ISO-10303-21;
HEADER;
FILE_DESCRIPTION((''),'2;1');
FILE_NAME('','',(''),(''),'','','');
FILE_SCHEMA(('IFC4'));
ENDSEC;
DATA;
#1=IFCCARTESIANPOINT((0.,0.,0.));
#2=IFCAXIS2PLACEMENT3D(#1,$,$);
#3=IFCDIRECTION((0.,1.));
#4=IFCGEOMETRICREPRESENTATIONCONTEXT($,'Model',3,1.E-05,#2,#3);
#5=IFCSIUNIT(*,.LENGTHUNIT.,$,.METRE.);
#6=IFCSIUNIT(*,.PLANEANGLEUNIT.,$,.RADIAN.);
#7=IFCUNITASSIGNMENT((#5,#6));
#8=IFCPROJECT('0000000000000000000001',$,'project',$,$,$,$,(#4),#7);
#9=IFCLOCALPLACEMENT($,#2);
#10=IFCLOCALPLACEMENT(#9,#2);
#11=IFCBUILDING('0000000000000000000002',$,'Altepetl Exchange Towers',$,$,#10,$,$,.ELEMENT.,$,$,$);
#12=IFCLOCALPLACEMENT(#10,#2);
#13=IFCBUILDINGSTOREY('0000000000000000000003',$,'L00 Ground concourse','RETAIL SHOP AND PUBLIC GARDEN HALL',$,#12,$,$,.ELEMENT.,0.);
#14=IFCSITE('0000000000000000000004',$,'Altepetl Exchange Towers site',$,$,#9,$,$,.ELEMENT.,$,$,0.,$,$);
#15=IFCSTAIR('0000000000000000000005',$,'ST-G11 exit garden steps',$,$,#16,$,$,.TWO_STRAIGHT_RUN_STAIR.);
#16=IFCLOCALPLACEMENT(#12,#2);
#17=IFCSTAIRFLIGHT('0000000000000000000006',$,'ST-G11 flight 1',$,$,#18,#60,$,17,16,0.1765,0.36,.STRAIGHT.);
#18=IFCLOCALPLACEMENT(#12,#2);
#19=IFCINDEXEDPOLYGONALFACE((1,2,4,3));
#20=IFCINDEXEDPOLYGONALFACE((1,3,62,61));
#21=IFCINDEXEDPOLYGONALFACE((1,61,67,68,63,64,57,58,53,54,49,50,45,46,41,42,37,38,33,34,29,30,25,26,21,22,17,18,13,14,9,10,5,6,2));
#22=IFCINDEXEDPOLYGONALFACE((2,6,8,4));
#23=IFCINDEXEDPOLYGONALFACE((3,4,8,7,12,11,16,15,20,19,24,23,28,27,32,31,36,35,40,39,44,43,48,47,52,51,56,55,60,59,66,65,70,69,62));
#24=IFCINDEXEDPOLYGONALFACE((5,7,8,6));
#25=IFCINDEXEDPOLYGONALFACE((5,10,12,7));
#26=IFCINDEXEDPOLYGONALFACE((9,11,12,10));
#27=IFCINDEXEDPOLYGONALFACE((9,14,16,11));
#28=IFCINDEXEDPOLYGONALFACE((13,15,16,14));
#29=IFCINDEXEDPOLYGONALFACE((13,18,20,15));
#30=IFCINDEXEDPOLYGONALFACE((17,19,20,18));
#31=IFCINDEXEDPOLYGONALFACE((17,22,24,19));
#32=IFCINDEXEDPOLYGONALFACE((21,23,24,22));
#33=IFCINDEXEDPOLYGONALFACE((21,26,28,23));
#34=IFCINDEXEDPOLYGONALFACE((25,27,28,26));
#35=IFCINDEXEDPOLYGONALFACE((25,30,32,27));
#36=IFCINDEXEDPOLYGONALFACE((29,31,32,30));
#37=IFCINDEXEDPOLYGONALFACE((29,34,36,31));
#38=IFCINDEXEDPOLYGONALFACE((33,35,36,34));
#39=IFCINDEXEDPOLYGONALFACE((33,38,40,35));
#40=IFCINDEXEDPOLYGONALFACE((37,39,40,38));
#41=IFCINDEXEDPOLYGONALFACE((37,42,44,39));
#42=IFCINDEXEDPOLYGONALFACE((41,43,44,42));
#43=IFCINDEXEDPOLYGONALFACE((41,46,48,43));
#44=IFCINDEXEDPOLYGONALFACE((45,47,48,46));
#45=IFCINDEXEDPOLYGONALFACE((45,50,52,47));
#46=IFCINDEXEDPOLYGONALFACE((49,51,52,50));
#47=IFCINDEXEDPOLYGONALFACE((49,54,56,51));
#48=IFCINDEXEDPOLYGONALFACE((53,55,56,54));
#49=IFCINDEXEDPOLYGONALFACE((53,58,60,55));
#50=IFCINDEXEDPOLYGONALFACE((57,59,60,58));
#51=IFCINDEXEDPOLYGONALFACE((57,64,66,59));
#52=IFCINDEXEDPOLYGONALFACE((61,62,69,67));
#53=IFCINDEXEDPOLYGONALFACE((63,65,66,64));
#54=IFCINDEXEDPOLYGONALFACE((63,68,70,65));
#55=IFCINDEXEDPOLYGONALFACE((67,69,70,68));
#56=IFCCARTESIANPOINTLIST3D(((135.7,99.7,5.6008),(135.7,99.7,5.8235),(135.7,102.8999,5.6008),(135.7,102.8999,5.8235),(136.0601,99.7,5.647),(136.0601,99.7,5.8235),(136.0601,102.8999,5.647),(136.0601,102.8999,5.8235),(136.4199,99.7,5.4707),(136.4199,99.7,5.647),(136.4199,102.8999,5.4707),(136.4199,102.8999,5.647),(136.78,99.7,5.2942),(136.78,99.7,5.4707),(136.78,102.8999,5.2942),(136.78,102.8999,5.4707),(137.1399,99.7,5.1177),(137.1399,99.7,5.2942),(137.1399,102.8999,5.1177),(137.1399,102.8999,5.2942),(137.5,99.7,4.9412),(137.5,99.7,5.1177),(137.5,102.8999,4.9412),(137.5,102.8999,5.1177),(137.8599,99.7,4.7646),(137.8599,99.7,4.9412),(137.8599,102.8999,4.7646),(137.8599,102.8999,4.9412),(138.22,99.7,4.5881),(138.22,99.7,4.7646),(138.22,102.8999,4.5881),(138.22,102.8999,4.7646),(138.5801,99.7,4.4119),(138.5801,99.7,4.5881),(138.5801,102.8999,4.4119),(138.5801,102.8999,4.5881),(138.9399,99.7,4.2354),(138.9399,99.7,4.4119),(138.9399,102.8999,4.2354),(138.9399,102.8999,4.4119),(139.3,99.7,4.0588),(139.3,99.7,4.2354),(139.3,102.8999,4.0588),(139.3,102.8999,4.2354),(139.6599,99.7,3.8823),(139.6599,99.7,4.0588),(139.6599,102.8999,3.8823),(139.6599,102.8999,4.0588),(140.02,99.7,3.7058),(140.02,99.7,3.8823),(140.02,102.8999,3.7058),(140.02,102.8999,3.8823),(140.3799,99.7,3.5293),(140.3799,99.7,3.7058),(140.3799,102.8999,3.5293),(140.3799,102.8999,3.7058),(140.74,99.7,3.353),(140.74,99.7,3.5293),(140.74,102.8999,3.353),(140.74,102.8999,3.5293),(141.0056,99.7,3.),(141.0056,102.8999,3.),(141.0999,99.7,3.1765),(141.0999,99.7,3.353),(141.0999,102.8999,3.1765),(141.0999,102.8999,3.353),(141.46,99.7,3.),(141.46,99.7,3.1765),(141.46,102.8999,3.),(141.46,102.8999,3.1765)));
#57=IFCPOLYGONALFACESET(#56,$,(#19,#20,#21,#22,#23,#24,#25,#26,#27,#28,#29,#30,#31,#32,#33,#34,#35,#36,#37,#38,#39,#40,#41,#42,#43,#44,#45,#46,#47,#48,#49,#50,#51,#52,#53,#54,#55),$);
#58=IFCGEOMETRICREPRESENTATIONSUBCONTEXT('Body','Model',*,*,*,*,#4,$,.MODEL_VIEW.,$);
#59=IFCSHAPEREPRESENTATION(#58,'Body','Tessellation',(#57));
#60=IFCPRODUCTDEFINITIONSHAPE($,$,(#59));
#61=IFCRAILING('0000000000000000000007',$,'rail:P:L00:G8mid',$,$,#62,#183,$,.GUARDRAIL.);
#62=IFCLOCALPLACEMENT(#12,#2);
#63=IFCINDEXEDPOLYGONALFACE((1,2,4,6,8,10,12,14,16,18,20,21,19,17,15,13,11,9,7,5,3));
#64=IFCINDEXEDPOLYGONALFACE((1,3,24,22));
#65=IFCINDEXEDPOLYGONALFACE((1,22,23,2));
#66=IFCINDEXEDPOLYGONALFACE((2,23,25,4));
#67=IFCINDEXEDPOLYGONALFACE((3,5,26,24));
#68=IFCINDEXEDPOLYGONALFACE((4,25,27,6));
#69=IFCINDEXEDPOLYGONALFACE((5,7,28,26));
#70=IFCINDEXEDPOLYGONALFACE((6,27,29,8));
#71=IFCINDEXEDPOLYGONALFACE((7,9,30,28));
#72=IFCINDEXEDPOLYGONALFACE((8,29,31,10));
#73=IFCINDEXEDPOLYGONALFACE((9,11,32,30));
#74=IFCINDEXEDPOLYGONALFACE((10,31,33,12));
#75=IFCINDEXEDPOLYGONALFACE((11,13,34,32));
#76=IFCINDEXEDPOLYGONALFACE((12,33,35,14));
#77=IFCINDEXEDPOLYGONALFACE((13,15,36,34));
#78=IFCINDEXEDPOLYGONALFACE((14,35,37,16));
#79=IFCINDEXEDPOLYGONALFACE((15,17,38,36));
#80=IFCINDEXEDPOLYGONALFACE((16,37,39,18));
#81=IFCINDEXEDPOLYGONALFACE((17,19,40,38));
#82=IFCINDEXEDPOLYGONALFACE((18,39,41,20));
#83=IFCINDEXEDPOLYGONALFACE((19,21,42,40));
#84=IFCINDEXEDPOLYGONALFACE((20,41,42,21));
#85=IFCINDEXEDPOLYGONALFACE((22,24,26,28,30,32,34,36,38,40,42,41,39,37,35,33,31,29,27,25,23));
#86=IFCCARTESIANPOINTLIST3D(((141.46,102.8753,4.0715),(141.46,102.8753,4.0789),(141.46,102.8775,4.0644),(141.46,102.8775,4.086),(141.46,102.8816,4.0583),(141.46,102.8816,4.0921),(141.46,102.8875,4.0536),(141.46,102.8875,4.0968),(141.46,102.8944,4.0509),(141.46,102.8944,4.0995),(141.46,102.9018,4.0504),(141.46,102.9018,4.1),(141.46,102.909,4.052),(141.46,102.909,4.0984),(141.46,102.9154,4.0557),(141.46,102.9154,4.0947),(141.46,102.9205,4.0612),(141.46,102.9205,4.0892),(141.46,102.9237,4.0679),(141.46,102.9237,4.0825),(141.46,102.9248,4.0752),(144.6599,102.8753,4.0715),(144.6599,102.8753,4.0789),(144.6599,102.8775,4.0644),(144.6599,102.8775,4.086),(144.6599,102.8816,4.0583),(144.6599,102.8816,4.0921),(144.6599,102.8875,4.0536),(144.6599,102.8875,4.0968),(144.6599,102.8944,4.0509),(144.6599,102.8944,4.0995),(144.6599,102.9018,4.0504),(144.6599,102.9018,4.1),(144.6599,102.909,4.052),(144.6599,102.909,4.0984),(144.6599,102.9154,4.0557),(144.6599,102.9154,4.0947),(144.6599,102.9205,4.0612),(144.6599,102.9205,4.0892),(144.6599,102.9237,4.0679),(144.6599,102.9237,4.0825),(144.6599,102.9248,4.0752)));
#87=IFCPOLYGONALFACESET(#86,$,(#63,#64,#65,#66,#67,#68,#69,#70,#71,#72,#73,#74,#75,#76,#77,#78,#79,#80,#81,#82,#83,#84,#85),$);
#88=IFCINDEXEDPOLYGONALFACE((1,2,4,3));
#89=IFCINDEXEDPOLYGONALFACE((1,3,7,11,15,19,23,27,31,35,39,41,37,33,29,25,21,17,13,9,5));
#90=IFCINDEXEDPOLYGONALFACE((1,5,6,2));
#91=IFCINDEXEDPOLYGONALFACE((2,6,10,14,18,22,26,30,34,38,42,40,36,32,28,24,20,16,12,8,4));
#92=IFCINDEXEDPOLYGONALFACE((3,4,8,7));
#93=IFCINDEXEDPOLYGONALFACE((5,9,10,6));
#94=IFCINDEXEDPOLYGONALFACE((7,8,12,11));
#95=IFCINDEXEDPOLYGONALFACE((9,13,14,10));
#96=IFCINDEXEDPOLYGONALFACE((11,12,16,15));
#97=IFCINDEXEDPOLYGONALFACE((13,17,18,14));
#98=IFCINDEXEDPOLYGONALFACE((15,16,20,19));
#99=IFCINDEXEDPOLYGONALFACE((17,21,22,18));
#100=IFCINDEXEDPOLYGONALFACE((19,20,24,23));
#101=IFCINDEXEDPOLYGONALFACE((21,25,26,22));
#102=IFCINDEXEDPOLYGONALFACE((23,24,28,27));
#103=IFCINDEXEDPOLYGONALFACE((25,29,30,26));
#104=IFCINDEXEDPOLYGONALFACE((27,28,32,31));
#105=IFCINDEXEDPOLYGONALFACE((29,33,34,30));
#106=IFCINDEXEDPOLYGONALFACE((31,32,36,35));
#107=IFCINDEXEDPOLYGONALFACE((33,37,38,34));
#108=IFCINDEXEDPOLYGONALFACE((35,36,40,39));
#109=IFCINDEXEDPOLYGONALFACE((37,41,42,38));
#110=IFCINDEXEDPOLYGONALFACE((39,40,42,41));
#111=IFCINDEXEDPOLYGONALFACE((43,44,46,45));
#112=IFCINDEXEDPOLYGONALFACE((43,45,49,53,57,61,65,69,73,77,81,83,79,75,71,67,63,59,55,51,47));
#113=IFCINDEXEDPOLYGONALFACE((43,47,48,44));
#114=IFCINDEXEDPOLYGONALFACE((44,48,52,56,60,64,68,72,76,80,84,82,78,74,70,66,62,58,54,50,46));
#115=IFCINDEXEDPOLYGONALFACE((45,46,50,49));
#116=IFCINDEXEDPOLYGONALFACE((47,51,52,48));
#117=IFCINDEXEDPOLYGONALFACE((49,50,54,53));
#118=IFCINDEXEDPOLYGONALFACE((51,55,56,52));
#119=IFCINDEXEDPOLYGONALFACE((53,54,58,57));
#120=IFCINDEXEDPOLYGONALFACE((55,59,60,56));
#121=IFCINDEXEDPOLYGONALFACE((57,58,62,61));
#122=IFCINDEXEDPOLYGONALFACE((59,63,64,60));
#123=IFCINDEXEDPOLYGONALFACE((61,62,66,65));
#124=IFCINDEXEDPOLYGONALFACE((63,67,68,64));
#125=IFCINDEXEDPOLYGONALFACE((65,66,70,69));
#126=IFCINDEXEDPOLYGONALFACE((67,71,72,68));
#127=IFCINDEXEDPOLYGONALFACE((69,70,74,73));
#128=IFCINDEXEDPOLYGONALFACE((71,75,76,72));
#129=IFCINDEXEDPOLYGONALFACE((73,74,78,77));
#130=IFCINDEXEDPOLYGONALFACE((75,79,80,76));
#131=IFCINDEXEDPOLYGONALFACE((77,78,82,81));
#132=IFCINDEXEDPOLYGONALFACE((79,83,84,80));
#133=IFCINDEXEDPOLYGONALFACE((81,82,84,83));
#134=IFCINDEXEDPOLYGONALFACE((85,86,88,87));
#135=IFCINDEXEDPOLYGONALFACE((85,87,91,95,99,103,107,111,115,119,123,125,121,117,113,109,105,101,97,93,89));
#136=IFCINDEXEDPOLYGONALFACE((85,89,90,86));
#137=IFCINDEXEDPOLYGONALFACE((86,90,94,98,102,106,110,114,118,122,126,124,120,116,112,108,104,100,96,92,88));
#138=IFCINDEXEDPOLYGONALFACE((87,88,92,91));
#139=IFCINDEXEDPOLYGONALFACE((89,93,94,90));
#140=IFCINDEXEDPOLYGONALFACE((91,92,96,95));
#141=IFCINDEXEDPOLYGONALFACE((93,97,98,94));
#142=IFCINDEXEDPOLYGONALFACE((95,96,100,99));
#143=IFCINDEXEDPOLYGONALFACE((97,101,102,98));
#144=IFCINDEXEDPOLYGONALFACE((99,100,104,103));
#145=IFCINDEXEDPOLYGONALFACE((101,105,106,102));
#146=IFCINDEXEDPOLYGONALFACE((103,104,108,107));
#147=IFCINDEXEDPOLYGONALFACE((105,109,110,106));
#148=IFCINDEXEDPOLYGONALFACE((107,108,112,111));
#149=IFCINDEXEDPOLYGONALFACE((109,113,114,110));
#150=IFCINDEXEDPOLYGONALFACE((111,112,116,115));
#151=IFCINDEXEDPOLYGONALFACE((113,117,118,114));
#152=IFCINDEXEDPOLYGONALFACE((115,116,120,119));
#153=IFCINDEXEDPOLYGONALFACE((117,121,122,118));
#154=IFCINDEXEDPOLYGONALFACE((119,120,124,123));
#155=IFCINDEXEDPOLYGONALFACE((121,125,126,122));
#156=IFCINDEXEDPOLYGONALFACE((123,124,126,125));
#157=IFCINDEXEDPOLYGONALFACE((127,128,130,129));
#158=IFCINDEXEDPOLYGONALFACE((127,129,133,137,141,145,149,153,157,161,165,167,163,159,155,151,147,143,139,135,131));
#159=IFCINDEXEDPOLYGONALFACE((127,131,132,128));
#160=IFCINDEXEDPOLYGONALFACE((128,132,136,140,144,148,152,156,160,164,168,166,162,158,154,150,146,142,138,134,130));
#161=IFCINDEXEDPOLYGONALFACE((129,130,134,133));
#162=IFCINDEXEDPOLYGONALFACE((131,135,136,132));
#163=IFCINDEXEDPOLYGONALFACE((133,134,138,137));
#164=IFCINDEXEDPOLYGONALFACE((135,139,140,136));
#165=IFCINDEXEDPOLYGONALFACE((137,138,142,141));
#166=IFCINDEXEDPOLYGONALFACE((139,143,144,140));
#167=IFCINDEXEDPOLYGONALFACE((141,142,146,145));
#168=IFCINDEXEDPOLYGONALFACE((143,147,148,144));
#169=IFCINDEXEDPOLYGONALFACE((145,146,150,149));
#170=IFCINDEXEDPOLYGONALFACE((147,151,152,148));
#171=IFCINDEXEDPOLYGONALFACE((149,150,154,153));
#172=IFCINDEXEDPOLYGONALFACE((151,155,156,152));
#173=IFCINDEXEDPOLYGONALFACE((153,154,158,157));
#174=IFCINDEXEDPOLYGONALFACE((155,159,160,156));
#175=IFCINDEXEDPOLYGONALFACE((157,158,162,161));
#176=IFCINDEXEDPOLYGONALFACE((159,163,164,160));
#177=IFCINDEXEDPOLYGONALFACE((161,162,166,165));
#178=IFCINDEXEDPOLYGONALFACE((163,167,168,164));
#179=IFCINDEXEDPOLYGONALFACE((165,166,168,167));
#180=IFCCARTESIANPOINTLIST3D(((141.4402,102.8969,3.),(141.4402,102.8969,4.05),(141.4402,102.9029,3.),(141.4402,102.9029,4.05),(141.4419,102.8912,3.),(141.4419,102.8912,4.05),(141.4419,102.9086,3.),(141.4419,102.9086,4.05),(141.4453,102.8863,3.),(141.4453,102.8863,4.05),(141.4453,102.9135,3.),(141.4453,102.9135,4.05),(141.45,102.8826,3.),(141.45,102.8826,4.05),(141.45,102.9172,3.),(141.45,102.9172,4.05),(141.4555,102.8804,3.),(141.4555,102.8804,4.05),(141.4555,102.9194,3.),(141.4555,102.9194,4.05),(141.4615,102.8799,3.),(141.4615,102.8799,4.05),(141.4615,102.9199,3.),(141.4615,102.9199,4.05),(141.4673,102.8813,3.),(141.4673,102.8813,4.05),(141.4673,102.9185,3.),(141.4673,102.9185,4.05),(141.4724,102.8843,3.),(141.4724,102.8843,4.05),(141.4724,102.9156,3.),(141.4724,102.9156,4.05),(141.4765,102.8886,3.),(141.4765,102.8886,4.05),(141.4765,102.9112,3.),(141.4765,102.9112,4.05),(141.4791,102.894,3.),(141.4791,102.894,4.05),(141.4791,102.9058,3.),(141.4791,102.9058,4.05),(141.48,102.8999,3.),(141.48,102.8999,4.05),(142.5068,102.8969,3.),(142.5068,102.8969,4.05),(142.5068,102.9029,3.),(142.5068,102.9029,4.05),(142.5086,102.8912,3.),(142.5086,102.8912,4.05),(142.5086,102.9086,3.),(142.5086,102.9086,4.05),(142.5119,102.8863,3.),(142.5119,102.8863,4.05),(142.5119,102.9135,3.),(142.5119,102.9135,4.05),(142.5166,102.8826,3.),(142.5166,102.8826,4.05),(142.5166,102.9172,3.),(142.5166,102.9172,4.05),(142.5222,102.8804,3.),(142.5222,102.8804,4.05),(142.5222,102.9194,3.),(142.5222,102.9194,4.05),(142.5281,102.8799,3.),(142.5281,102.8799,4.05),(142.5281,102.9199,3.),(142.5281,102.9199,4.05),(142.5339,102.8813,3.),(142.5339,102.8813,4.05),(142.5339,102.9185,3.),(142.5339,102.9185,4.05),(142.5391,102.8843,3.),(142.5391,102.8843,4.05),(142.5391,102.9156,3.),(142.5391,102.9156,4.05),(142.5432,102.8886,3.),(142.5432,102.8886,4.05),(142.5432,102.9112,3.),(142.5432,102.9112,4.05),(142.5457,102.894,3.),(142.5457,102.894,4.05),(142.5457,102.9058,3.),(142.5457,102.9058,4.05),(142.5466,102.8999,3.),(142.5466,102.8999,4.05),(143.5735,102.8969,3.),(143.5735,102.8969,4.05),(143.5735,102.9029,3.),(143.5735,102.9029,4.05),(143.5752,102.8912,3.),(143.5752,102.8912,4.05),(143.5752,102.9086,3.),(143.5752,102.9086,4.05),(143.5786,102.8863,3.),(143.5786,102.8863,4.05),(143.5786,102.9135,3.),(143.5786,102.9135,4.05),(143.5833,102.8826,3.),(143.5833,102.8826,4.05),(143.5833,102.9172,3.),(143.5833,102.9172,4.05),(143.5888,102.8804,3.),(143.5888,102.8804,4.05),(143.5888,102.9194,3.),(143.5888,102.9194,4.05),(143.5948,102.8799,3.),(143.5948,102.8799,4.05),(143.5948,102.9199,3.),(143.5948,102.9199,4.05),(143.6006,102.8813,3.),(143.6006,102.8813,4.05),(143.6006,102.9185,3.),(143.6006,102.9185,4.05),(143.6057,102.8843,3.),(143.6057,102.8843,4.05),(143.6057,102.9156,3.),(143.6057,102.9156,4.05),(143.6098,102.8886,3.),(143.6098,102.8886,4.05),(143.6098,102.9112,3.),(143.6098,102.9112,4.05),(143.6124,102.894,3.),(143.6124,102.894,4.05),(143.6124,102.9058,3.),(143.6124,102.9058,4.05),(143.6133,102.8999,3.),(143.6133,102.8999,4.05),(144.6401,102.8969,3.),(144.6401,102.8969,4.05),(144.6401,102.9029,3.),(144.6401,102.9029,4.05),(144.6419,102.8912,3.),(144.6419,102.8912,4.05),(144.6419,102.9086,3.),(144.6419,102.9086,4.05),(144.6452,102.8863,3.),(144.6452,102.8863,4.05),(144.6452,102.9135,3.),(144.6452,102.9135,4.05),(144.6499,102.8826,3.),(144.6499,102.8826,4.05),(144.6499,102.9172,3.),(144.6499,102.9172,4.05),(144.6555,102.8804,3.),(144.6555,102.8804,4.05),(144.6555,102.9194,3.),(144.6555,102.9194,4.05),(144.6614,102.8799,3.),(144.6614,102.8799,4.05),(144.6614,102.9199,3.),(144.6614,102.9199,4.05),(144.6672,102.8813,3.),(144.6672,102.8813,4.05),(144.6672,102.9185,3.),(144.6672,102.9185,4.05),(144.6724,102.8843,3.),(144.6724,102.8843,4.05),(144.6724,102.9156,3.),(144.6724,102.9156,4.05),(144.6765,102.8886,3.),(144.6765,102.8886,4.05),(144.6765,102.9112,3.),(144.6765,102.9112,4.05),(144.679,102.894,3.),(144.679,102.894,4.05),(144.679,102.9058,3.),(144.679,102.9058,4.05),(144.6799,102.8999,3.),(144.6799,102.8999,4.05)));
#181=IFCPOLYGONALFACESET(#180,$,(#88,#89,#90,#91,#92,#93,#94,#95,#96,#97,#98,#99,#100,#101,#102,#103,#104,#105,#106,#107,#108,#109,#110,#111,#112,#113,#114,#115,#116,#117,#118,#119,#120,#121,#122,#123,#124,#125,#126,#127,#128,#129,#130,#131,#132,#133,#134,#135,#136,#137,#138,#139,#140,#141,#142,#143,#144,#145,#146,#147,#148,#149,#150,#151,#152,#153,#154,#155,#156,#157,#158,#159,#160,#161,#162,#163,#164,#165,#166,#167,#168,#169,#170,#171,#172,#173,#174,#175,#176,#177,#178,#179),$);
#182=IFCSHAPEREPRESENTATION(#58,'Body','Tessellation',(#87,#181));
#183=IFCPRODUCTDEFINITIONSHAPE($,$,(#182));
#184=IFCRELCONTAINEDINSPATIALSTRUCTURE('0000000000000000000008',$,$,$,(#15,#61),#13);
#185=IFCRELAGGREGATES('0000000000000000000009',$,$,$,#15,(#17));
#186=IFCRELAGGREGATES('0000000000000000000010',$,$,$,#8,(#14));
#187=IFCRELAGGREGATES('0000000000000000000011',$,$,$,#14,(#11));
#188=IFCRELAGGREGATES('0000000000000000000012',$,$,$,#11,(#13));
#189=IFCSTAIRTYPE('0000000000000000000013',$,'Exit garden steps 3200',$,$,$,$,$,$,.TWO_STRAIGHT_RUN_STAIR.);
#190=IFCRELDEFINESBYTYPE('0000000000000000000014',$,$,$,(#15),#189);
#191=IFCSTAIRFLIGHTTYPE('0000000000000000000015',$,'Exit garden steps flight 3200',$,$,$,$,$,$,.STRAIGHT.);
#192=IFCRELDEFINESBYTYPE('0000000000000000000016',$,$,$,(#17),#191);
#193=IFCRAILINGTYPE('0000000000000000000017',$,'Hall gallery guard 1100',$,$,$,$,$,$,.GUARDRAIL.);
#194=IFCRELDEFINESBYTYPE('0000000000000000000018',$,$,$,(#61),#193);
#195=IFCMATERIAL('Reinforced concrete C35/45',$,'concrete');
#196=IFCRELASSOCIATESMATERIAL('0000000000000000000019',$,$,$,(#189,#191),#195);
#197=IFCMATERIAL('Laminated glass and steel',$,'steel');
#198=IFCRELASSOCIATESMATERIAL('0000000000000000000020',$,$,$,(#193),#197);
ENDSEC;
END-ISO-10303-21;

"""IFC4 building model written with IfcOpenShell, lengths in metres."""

from ifc_helpers import new_model, si_unit, direction, frame, origin, origin_2d, place, context, subcontext, project, spatial, polyline, circle, outline, extrude, source, transform, mapped, material, type_object, element, aggregate, save


model = new_model("IFC4")

# Units and contexts
model_context = context("Model", 3, precision=1e-05, world=origin(), true_north=direction((0.0, 1.0)))
body_context = subcontext(model_context, "Body", "Model", "MODEL_VIEW")
ifc_project = project(units=[si_unit("LENGTHUNIT", "METRE"), si_unit("PLANEANGLEUNIT", "RADIAN")], contexts=[model_context])

# Site, building, storey
site_placement = place(None, origin())
site = spatial("IfcSite", under=ifc_project, at=site_placement, Name="Altepetl Exchange Towers site", CompositionType="ELEMENT", RefElevation=0.0)
building_placement = place(site_placement, origin())
building = spatial("IfcBuilding", under=site, at=building_placement, Name="Altepetl Exchange Towers", CompositionType="ELEMENT")
storey_placement = place(building_placement, origin())
storey = spatial("IfcBuildingStorey", under=building, at=storey_placement, Name="L00 Ground concourse", Description="RETAIL SHOP AND PUBLIC GARDEN HALL", CompositionType="ELEMENT", Elevation=0.0)

# Stair, stair flight
ifc_material_1 = material(Name="Reinforced concrete C35/45", Category="concrete")
stair_type = type_object("IfcStairType", Name="Exit garden steps 3200", PredefinedType="TWO_STRAIGHT_RUN_STAIR", material=ifc_material_1)
stair_placement = place(storey_placement, origin())
stair = element("IfcStair", 1, at=stair_placement, inside=storey, type_object=stair_type, Name="ST-G11 exit garden steps", PredefinedType="TWO_STRAIGHT_RUN_STAIR")
stair_flight_type = type_object("IfcStairFlightType", Name="Exit garden steps flight 3200", PredefinedType="STRAIGHT", material=ifc_material_1)
stair_flight_placement = place(storey_placement, frame((141.46, 101.3, 3.0), z_axis=(0.0, 0.0, 1.0), x_axis=(-1.0, 0.0, 0.0)))
stair_flight = element("IfcStairFlight", 2, at=stair_flight_placement, type_object=stair_flight_type, Name="ST-G11 flight 1", NumberOfRisers=17, NumberOfTreads=16, PredefinedType="STRAIGHT", RiserHeight=0.1765, TreadLength=0.36, context=body_context, shape_type="SweptSolid", body=[
    extrude(outline(polyline([(0.0, 0.0), (0.0, 0.1765), (0.3601, 0.1765), (0.3601, 0.353), (0.72, 0.353), (0.72, 0.5293), (1.0801, 0.5293), (1.0801, 0.7058), (1.4399, 0.7058), (1.4399, 0.8823), (1.8, 0.8823), (1.8, 1.0588), (2.1599, 1.0588), (2.1599, 1.2354), (2.52, 1.2354), (2.52, 1.4119), (2.8799, 1.4119), (2.8799, 1.5881), (3.24, 1.5881), (3.24, 1.7646), (3.6001, 1.7646), (3.6001, 1.9412), (3.96, 1.9412), (3.96, 2.1177), (4.3201, 2.1177), (4.3201, 2.2942), (4.6799, 2.2942), (4.6799, 2.4707), (5.04, 2.4707), (5.04, 2.647), (5.3999, 2.647), (5.3999, 2.8235), (5.76, 2.8235), (5.76, 3.0), (5.76, 2.6008), (0.4543, 0.0), (0.0, 0.0)])), frame((0.0, 1.6001, 0.0), z_axis=(0.0, -1.0, 0.0), x_axis=(1.0, 0.0, 0.0)), (0.0, 0.0, 1.0), 3.2),
])
aggregate(stair, [stair_flight])

# Railing
ifc_material_2 = material(Name="Laminated glass and steel", Category="steel")
railing_type_1 = type_object("IfcRailingType", Name="Hall gallery guard 1100", PredefinedType="GUARDRAIL", material=ifc_material_2)
shared_shape_1 = source(origin(), body_context, "Body", "SweptSolid", [
    extrude(circle(Radius=0.02, at=origin_2d()), origin(), (0.0, 0.0, 1.0), 1.05),
])
for number, where, name in (
    (3, (141.46, 102.8999, 3.0), "rail:P:L00:G8mid"),
):
    element("IfcRailing", number, at=place(storey_placement, frame(where)), inside=storey, type_object=railing_type_1, Name=name, PredefinedType="GUARDRAIL", context=body_context, shape_type="SweptSolid", body=[
        extrude(circle(Radius=0.0249, at=origin_2d()), frame((0.0, 0.0, 1.0752), z_axis=(1.0, 0.0, 0.0), x_axis=(0.0, 1.0, 0.0)), (0.0, 0.0, 1.0), 3.2),
        mapped(shared_shape_1, transform((0.0, 0.0, 0.0))),
        mapped(shared_shape_1, transform((1.0667, 0.0, 0.0))),
        mapped(shared_shape_1, transform((2.1333, 0.0, 0.0))),
        mapped(shared_shape_1, transform((3.2, 0.0, 0.0))),
    ])

save(model, "model.ifc")
